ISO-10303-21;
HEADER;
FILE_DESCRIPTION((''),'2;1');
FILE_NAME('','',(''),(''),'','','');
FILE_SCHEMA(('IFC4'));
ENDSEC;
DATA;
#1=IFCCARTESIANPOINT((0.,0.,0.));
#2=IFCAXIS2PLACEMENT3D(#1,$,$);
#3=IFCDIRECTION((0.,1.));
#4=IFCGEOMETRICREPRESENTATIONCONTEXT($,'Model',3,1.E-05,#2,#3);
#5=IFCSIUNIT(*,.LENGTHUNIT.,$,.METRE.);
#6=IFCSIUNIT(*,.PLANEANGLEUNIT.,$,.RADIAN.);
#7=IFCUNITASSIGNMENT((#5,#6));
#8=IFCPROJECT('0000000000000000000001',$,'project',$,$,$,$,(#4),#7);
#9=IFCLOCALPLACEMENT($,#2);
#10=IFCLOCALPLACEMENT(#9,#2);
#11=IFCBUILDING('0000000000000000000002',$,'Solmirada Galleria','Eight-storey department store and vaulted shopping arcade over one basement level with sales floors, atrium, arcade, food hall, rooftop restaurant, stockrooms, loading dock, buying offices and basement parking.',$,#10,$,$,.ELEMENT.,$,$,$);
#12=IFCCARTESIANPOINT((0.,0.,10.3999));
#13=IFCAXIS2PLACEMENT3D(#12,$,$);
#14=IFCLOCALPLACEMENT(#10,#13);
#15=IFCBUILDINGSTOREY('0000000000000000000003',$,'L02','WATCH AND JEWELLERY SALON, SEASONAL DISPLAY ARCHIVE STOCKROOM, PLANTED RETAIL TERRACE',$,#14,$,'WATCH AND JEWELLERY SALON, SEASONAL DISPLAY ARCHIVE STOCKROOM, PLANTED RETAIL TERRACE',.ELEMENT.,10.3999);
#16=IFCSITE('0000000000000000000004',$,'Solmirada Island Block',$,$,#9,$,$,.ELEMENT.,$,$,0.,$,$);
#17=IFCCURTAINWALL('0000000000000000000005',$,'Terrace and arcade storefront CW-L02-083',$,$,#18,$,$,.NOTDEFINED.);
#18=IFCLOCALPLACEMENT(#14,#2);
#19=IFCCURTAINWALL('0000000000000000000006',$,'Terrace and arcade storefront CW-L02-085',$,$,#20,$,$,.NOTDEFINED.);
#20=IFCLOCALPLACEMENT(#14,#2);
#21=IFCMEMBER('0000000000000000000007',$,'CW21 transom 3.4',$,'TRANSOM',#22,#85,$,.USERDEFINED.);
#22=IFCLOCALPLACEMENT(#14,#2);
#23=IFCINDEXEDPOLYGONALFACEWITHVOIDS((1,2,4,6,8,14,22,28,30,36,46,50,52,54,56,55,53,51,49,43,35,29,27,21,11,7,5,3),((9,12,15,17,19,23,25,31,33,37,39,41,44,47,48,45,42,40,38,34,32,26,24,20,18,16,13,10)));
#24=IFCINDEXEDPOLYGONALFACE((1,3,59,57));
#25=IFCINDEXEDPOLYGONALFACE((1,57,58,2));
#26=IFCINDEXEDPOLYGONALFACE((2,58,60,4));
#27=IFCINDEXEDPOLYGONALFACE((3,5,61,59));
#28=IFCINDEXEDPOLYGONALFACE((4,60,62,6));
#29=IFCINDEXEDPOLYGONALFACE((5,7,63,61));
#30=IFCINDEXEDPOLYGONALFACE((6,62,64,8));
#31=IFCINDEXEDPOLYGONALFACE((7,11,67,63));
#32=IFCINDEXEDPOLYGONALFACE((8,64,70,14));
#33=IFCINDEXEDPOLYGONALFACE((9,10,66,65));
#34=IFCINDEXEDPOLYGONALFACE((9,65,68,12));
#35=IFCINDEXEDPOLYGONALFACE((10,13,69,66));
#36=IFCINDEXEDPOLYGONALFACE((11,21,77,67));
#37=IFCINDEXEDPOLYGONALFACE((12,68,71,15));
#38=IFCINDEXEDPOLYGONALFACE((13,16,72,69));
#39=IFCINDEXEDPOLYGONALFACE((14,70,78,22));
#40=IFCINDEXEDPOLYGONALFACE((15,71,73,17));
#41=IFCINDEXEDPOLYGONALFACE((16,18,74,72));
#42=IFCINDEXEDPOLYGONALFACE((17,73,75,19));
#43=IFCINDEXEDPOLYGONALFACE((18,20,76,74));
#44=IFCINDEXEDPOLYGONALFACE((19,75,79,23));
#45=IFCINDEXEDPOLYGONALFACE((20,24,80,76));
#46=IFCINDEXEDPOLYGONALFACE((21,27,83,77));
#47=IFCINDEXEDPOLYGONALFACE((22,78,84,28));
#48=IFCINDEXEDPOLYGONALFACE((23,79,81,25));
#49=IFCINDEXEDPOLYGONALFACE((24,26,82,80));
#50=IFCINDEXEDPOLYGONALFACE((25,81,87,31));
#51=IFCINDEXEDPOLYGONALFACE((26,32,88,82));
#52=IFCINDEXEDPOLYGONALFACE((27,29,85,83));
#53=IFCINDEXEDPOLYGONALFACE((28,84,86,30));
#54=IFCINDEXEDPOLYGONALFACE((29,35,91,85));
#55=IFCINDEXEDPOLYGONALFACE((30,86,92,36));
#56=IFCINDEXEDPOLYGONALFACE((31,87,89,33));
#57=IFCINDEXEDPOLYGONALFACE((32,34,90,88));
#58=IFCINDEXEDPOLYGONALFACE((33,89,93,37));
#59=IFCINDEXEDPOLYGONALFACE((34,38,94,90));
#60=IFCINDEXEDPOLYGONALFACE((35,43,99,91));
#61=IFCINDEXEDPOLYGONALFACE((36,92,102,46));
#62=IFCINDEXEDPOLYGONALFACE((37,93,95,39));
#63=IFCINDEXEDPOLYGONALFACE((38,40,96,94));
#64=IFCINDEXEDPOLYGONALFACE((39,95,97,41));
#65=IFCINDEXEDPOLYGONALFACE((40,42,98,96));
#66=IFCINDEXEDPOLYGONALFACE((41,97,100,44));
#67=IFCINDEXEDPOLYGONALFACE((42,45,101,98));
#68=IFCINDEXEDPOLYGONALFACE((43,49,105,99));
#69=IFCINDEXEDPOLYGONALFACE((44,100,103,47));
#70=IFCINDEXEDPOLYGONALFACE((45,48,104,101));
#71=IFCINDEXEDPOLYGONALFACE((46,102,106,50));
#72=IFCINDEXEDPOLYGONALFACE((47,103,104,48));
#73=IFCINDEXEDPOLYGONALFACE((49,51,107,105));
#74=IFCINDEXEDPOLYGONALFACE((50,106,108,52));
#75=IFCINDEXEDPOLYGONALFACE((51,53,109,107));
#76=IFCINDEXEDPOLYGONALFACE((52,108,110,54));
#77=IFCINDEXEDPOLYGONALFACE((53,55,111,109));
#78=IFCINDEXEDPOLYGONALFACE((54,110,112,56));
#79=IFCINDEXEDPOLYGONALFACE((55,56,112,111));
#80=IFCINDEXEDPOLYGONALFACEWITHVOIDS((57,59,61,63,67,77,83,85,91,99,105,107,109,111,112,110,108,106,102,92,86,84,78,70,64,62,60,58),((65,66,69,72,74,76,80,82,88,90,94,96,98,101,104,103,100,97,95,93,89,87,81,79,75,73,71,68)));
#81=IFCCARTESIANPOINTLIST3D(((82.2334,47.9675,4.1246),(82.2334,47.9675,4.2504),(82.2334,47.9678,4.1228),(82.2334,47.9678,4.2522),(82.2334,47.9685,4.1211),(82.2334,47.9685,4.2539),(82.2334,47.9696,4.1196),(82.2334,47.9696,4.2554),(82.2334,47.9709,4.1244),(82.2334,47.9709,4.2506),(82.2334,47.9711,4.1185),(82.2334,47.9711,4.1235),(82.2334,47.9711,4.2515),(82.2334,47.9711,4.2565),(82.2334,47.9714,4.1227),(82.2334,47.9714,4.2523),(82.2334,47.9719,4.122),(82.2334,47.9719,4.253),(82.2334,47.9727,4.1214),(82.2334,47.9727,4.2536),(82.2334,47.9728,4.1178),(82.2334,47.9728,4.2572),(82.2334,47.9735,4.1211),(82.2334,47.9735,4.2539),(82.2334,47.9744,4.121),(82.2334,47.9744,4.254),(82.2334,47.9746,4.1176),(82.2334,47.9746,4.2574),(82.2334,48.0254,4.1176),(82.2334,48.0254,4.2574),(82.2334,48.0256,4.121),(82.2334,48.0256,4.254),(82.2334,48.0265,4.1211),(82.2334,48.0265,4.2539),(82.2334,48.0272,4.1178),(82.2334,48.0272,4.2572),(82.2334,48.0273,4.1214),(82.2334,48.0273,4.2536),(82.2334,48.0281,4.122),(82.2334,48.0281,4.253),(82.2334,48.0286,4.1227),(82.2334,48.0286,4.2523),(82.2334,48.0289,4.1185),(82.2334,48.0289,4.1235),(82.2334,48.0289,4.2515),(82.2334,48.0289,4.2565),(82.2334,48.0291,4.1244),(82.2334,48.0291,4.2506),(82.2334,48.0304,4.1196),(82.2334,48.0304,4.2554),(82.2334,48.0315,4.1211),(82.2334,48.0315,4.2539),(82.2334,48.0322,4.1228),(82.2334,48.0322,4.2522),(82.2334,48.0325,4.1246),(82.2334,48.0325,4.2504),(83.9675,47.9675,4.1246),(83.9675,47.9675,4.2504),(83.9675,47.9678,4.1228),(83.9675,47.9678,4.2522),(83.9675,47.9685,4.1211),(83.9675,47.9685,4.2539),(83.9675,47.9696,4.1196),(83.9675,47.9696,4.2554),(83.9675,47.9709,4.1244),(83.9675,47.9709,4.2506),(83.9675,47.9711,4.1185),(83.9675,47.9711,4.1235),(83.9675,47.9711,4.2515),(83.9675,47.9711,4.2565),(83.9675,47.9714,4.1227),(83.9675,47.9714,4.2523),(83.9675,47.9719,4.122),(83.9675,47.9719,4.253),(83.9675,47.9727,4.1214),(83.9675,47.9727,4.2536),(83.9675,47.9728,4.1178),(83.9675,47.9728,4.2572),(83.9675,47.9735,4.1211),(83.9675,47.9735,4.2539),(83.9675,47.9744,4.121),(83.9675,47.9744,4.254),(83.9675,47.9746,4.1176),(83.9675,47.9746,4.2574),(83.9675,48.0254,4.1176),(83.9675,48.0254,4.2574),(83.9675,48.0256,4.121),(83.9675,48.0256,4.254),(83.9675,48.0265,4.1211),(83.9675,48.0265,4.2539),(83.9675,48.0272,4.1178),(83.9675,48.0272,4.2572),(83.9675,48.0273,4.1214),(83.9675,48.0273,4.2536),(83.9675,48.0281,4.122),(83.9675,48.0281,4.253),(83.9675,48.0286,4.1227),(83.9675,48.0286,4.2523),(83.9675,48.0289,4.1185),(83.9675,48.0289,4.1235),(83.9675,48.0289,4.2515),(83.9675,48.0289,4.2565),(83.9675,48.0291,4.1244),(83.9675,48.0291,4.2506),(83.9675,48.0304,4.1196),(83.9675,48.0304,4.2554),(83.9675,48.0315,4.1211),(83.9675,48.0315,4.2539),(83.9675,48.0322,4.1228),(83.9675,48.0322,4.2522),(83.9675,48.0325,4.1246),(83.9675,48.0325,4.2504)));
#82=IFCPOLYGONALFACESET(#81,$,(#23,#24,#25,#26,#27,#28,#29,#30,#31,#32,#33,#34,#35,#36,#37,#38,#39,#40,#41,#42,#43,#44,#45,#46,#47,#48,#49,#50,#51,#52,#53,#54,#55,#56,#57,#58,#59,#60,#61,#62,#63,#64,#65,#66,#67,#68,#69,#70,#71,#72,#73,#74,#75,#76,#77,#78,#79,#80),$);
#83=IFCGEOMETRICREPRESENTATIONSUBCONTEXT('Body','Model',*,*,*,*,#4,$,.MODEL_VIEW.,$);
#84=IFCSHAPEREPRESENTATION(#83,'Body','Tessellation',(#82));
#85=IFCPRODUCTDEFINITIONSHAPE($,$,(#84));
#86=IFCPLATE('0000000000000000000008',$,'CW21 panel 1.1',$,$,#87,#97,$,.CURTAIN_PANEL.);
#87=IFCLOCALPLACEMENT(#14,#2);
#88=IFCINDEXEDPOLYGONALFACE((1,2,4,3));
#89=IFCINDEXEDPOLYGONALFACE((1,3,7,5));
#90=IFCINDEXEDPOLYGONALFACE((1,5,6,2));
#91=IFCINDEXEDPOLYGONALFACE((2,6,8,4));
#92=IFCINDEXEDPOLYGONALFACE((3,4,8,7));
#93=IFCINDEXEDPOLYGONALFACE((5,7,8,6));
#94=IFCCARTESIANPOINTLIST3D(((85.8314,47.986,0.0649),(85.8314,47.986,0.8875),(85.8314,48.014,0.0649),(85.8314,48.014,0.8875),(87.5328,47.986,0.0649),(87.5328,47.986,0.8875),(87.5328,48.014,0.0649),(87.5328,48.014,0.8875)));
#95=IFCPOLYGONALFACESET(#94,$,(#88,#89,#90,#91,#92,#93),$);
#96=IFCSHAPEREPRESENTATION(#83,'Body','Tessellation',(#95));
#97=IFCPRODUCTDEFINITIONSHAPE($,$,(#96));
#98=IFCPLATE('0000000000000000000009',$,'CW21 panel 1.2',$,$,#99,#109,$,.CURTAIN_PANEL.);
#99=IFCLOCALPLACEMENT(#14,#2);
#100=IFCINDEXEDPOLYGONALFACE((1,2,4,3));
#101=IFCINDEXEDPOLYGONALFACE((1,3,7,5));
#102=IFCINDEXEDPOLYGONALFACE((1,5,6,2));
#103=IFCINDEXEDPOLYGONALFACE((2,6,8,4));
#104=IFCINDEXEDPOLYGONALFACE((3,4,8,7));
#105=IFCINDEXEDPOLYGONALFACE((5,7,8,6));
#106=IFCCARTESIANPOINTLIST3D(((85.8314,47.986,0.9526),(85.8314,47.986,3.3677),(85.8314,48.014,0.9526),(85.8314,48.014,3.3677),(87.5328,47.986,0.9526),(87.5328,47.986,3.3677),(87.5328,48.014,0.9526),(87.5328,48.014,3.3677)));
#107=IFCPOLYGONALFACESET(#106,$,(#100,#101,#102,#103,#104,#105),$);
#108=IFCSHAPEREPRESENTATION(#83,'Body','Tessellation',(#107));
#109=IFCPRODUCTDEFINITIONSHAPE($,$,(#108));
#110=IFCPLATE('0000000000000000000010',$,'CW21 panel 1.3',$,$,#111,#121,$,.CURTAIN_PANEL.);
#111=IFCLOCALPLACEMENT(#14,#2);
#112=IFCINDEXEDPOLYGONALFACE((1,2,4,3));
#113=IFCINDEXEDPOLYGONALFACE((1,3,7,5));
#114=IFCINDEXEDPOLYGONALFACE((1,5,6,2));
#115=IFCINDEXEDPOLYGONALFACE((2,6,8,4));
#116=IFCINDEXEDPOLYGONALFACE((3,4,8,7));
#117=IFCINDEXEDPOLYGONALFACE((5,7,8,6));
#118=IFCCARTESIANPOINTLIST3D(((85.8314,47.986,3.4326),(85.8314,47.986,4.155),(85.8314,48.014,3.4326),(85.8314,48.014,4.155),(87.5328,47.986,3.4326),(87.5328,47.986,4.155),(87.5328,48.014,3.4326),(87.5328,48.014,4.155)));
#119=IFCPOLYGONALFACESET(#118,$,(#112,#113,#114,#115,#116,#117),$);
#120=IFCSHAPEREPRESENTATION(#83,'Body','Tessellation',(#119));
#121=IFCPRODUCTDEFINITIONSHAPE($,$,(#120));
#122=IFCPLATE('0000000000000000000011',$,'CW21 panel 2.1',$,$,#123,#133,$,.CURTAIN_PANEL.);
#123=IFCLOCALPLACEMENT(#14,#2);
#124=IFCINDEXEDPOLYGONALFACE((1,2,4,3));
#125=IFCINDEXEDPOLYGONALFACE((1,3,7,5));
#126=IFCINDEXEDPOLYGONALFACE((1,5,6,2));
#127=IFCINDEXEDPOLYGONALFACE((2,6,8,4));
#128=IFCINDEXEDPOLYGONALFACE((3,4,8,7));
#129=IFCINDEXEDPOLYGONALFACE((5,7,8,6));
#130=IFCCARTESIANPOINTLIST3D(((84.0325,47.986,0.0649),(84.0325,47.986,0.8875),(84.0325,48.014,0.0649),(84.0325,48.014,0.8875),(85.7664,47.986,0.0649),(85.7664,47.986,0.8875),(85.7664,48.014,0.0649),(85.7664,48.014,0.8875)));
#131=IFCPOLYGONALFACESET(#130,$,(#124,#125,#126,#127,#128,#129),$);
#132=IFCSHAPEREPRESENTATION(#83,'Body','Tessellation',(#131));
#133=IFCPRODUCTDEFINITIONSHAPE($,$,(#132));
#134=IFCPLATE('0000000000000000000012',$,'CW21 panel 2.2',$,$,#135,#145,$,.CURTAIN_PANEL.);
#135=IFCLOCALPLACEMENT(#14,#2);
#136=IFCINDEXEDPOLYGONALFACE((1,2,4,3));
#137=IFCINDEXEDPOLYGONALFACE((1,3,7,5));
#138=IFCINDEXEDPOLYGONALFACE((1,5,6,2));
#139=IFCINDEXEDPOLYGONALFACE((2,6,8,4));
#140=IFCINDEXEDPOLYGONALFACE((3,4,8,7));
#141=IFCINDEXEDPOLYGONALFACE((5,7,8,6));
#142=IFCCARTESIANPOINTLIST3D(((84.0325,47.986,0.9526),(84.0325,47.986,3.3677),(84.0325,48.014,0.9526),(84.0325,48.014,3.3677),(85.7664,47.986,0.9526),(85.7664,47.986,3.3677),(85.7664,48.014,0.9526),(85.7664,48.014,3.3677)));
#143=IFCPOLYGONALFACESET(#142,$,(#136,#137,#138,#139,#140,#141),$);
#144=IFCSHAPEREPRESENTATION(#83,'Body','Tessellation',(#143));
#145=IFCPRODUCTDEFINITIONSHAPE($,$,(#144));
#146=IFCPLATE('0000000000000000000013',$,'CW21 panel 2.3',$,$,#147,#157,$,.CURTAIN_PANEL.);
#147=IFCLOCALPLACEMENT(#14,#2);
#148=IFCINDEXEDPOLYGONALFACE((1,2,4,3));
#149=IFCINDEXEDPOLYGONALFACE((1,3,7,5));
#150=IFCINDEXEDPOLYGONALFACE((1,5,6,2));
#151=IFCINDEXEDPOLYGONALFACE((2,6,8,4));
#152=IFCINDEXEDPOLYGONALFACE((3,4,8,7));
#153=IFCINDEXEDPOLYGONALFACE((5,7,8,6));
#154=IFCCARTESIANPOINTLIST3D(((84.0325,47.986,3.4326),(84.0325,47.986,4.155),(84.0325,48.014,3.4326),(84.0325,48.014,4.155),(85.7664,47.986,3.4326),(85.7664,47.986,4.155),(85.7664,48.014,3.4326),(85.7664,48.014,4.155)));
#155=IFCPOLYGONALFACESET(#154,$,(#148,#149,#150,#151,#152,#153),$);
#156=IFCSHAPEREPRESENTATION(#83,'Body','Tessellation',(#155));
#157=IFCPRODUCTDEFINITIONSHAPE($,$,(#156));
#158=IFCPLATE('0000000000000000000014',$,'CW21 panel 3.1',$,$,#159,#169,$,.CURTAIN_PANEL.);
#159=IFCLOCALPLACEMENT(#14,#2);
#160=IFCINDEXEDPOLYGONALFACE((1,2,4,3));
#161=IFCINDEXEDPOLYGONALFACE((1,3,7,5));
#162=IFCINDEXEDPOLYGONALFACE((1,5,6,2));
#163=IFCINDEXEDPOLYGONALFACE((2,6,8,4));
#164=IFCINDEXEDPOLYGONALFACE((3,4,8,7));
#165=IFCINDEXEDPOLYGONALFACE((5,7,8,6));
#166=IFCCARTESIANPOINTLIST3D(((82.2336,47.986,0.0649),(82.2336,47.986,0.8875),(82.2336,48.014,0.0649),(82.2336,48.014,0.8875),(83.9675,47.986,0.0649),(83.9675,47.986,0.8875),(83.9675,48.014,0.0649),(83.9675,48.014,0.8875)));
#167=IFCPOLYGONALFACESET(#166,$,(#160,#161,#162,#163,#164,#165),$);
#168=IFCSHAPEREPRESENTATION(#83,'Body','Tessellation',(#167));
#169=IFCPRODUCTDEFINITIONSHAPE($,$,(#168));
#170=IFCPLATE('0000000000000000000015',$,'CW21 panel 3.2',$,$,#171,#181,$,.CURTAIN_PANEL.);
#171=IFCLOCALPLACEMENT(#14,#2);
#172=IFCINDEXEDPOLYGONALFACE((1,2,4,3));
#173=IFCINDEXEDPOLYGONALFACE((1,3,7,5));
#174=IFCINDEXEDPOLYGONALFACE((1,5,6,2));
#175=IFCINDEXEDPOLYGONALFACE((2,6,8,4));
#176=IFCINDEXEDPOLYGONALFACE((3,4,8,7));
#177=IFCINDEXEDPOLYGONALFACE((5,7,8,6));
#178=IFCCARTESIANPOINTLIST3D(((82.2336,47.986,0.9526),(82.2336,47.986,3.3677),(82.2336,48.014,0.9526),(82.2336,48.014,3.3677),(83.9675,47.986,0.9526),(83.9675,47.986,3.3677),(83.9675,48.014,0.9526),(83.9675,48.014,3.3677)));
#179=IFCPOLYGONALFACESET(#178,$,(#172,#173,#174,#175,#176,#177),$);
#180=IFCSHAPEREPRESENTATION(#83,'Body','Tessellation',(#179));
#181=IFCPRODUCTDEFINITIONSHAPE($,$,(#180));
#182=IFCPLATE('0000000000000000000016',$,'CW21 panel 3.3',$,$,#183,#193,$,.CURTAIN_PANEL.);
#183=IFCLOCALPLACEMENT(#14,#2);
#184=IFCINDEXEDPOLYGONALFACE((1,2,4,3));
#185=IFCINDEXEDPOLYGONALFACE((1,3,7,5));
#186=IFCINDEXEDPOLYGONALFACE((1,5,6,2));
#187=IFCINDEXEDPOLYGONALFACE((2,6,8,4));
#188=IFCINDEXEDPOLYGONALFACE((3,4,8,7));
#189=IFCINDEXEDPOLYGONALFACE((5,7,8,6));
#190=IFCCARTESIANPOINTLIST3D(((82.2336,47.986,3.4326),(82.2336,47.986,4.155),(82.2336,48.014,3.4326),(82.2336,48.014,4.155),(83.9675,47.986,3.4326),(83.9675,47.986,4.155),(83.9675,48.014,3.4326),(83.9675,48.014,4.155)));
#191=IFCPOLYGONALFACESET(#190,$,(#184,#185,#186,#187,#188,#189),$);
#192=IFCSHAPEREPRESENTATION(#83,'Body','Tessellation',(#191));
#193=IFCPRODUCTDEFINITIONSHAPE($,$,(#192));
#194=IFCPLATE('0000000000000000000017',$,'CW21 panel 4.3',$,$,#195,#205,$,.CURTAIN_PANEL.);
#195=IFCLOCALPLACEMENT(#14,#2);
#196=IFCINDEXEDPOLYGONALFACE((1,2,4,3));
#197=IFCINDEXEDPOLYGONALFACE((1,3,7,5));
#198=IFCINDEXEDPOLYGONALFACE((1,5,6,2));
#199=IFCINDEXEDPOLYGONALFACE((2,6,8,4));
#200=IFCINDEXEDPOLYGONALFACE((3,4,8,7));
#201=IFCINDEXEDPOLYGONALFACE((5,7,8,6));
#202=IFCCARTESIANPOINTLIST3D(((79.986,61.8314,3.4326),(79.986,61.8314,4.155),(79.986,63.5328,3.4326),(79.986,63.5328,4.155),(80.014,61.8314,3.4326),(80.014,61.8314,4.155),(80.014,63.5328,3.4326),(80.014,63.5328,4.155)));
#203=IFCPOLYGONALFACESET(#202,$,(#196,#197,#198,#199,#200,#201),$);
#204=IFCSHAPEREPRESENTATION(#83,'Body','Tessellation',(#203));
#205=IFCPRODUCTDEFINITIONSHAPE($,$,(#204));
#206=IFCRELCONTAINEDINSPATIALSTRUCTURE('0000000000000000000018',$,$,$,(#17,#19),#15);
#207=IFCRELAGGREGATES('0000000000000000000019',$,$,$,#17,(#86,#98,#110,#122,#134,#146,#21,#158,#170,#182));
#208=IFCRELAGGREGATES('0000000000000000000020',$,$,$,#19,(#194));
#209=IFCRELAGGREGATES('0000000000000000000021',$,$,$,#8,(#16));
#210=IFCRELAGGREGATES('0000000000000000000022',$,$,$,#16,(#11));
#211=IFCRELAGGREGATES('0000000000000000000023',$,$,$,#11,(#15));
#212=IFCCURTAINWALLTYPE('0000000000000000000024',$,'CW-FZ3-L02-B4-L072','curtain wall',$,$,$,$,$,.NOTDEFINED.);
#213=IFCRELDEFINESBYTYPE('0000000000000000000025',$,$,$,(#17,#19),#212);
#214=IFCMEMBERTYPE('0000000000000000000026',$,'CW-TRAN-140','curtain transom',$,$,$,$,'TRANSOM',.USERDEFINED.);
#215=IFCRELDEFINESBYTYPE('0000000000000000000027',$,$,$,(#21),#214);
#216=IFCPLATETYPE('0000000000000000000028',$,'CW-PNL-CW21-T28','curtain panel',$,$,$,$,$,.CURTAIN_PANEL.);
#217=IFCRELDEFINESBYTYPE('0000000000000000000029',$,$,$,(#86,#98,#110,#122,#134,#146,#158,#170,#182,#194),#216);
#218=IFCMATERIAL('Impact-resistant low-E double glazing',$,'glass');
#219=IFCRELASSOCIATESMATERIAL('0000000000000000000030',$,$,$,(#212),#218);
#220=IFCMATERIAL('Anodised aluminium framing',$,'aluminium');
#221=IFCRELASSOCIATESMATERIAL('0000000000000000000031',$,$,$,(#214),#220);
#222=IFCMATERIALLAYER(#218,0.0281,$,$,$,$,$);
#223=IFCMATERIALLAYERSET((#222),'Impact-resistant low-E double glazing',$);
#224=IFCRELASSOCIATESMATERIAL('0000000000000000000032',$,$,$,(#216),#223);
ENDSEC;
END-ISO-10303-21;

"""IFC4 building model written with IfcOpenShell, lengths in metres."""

from ifc_helpers import new_model, si_unit, direction, frame, origin, origin_2d, place, context, subcontext, project, spatial, rectangle, hollow_rectangle, extrude, material, layer, layer_set, material_profile, profile_set, type_object, element, aggregate, save


model = new_model("IFC4")

# Units and contexts
model_context = context("Model", 3, precision=1e-05, world=origin(), true_north=direction((0.0, 1.0)))
body_context = subcontext(model_context, "Body", "Model", "MODEL_VIEW")
ifc_project = project(units=[si_unit("LENGTHUNIT", "METRE"), si_unit("PLANEANGLEUNIT", "RADIAN")], contexts=[model_context])

# Site, building, storey
site_placement = place(None, origin())
site = spatial("IfcSite", under=ifc_project, at=site_placement, Name="Solmirada Island Block", CompositionType="ELEMENT", RefElevation=0.0)
building_placement = place(site_placement, origin())
building = spatial("IfcBuilding", under=site, at=building_placement, Name="Solmirada Galleria", Description="Eight-storey department store and vaulted shopping arcade over one basement level with sales floors, atrium, arcade, food hall, rooftop restaurant, stockrooms, loading dock, buying offices and basement parking.", CompositionType="ELEMENT")
storey_placement = place(building_placement, frame((0.0, 0.0, 10.3999)))
storey = spatial("IfcBuildingStorey", under=building, at=storey_placement, Name="L02", Description="WATCH AND JEWELLERY SALON, SEASONAL DISPLAY ARCHIVE STOCKROOM, PLANTED RETAIL TERRACE", LongName="WATCH AND JEWELLERY SALON, SEASONAL DISPLAY ARCHIVE STOCKROOM, PLANTED RETAIL TERRACE", CompositionType="ELEMENT", Elevation=10.3999)

# Curtain wall
ifc_material_1 = material(Name="Impact-resistant low-E double glazing", Category="glass")
curtain_wall_type = type_object("IfcCurtainWallType", Name="CW-FZ3-L02-B4-L072", Description="curtain wall", PredefinedType="NOTDEFINED", material=ifc_material_1)
curtain_wall_1_placement = place(storey_placement, origin())
curtain_wall_1 = element("IfcCurtainWall", 1, at=curtain_wall_1_placement, inside=storey, type_object=curtain_wall_type, Name="Terrace and arcade storefront CW-L02-083", PredefinedType="NOTDEFINED")
ifc_material_2 = material(Name="Anodised aluminium framing", Category="aluminium")

# Curtain wall
curtain_wall_2_placement = place(storey_placement, origin())
curtain_wall_2 = element("IfcCurtainWall", 2, at=curtain_wall_2_placement, inside=storey, type_object=curtain_wall_type, Name="Terrace and arcade storefront CW-L02-085", PredefinedType="NOTDEFINED")

# Member
ifc_material_profile_1 = material_profile(ifc_material_2, hollow_rectangle(XDim=0.0649, YDim=0.1399, WallThickness=0.0034, InnerFilletRadius=0.0034, OuterFilletRadius=0.0071, at=origin_2d()), Name="ALU-TRAN-140X65")
ifc_profile_set_1 = profile_set([ifc_material_profile_1], Name="Anodised aluminium framing")
member_type_1 = type_object("IfcMemberType", Name="CW-TRAN-140", Description="curtain transom", ElementType="TRANSOM", PredefinedType="USERDEFINED", material=ifc_profile_set_1)
member_1_placement = place(storey_placement, frame((83.9675, 48.0, 4.1875), z_axis=(-1.0, 0.0, 0.0), x_axis=(0.0, -1.0, 0.0)))
member_1 = element("IfcMember", 3, at=member_1_placement, type_object=member_type_1, Name="CW21 transom 3.4", ObjectType="TRANSOM", PredefinedType="USERDEFINED", context=body_context, shape_type="SweptSolid", body=[
    extrude(hollow_rectangle(XDim=0.0649, YDim=0.1399, WallThickness=0.0034, InnerFilletRadius=0.0034, OuterFilletRadius=0.0071, at=origin_2d()), origin(), (0.0, 0.0, 1.0), 1.7341),
])

# Plates
ifc_layer = layer(ifc_material_1, 0.0281)
ifc_layer_set = layer_set([ifc_layer], Name="Impact-resistant low-E double glazing")
plate_type = type_object("IfcPlateType", Name="CW-PNL-CW21-T28", Description="curtain panel", PredefinedType="CURTAIN_PANEL", material=ifc_layer_set)
plate_1_placement = place(storey_placement, frame((86.6821, 48.0, 0.0649), z_axis=(0.0, 0.0, 1.0), x_axis=(-1.0, 0.0, 0.0)))
plate_1 = element("IfcPlate", 4, at=plate_1_placement, type_object=plate_type, Name="CW21 panel 1.1", PredefinedType="CURTAIN_PANEL", context=body_context, shape_type="SweptSolid", body=[
    extrude(rectangle(XDim=1.7014, YDim=0.0281, at=origin_2d()), origin(), (0.0, 0.0, 1.0), 0.8225),
])
plate_2_placement = place(storey_placement, frame((86.6821, 48.0, 0.9526), z_axis=(0.0, 0.0, 1.0), x_axis=(-1.0, 0.0, 0.0)))
plate_2 = element("IfcPlate", 5, at=plate_2_placement, type_object=plate_type, Name="CW21 panel 1.2", PredefinedType="CURTAIN_PANEL", context=body_context, shape_type="SweptSolid", body=[
    extrude(rectangle(XDim=1.7014, YDim=0.0281, at=origin_2d()), origin(), (0.0, 0.0, 1.0), 2.415),
])
plate_3_placement = place(storey_placement, frame((86.6821, 48.0, 3.4326), z_axis=(0.0, 0.0, 1.0), x_axis=(-1.0, 0.0, 0.0)))
plate_3 = element("IfcPlate", 6, at=plate_3_placement, type_object=plate_type, Name="CW21 panel 1.3", PredefinedType="CURTAIN_PANEL", context=body_context, shape_type="SweptSolid", body=[
    extrude(rectangle(XDim=1.7014, YDim=0.0281, at=origin_2d()), origin(), (0.0, 0.0, 1.0), 0.7224),
])
plate_4_placement = place(storey_placement, frame((84.8994, 48.0, 0.0649), z_axis=(0.0, 0.0, 1.0), x_axis=(-1.0, 0.0, 0.0)))
plate_4 = element("IfcPlate", 7, at=plate_4_placement, type_object=plate_type, Name="CW21 panel 2.1", PredefinedType="CURTAIN_PANEL", context=body_context, shape_type="SweptSolid", body=[
    extrude(rectangle(XDim=1.7339, YDim=0.0281, at=origin_2d()), origin(), (0.0, 0.0, 1.0), 0.8225),
])
plate_5_placement = place(storey_placement, frame((84.8994, 48.0, 0.9526), z_axis=(0.0, 0.0, 1.0), x_axis=(-1.0, 0.0, 0.0)))
plate_5 = element("IfcPlate", 8, at=plate_5_placement, type_object=plate_type, Name="CW21 panel 2.2", PredefinedType="CURTAIN_PANEL", context=body_context, shape_type="SweptSolid", body=[
    extrude(rectangle(XDim=1.7339, YDim=0.0281, at=origin_2d()), origin(), (0.0, 0.0, 1.0), 2.415),
])
plate_6_placement = place(storey_placement, frame((84.8994, 48.0, 3.4326), z_axis=(0.0, 0.0, 1.0), x_axis=(-1.0, 0.0, 0.0)))
plate_6 = element("IfcPlate", 9, at=plate_6_placement, type_object=plate_type, Name="CW21 panel 2.3", PredefinedType="CURTAIN_PANEL", context=body_context, shape_type="SweptSolid", body=[
    extrude(rectangle(XDim=1.7339, YDim=0.0281, at=origin_2d()), origin(), (0.0, 0.0, 1.0), 0.7224),
])
plate_7_placement = place(storey_placement, frame((83.1006, 48.0, 0.0649), z_axis=(0.0, 0.0, 1.0), x_axis=(-1.0, 0.0, 0.0)))
plate_7 = element("IfcPlate", 10, at=plate_7_placement, type_object=plate_type, Name="CW21 panel 3.1", PredefinedType="CURTAIN_PANEL", context=body_context, shape_type="SweptSolid", body=[
    extrude(rectangle(XDim=1.7339, YDim=0.0281, at=origin_2d()), origin(), (0.0, 0.0, 1.0), 0.8225),
])
plate_8_placement = place(storey_placement, frame((83.1006, 48.0, 0.9526), z_axis=(0.0, 0.0, 1.0), x_axis=(-1.0, 0.0, 0.0)))
plate_8 = element("IfcPlate", 11, at=plate_8_placement, type_object=plate_type, Name="CW21 panel 3.2", PredefinedType="CURTAIN_PANEL", context=body_context, shape_type="SweptSolid", body=[
    extrude(rectangle(XDim=1.7339, YDim=0.0281, at=origin_2d()), origin(), (0.0, 0.0, 1.0), 2.415),
])
plate_9_placement = place(storey_placement, frame((83.1006, 48.0, 3.4326), z_axis=(0.0, 0.0, 1.0), x_axis=(-1.0, 0.0, 0.0)))
plate_9 = element("IfcPlate", 12, at=plate_9_placement, type_object=plate_type, Name="CW21 panel 3.3", PredefinedType="CURTAIN_PANEL", context=body_context, shape_type="SweptSolid", body=[
    extrude(rectangle(XDim=1.7339, YDim=0.0281, at=origin_2d()), origin(), (0.0, 0.0, 1.0), 0.7224),
])
aggregate(curtain_wall_1, [plate_1, plate_2, plate_3, plate_4, plate_5, plate_6, member_1, plate_7, plate_8, plate_9])
plate_10_placement = place(storey_placement, frame((80.0, 62.6821, 3.4326), z_axis=(0.0, 0.0, 1.0), x_axis=(0.0, 1.0, 0.0)))
plate_10 = element("IfcPlate", 13, at=plate_10_placement, type_object=plate_type, Name="CW21 panel 4.3", PredefinedType="CURTAIN_PANEL", context=body_context, shape_type="SweptSolid", body=[
    extrude(rectangle(XDim=1.7014, YDim=0.0281, at=origin_2d()), origin(), (0.0, 0.0, 1.0), 0.7224),
])
aggregate(curtain_wall_2, [plate_10])

save(model, "model.ifc")
